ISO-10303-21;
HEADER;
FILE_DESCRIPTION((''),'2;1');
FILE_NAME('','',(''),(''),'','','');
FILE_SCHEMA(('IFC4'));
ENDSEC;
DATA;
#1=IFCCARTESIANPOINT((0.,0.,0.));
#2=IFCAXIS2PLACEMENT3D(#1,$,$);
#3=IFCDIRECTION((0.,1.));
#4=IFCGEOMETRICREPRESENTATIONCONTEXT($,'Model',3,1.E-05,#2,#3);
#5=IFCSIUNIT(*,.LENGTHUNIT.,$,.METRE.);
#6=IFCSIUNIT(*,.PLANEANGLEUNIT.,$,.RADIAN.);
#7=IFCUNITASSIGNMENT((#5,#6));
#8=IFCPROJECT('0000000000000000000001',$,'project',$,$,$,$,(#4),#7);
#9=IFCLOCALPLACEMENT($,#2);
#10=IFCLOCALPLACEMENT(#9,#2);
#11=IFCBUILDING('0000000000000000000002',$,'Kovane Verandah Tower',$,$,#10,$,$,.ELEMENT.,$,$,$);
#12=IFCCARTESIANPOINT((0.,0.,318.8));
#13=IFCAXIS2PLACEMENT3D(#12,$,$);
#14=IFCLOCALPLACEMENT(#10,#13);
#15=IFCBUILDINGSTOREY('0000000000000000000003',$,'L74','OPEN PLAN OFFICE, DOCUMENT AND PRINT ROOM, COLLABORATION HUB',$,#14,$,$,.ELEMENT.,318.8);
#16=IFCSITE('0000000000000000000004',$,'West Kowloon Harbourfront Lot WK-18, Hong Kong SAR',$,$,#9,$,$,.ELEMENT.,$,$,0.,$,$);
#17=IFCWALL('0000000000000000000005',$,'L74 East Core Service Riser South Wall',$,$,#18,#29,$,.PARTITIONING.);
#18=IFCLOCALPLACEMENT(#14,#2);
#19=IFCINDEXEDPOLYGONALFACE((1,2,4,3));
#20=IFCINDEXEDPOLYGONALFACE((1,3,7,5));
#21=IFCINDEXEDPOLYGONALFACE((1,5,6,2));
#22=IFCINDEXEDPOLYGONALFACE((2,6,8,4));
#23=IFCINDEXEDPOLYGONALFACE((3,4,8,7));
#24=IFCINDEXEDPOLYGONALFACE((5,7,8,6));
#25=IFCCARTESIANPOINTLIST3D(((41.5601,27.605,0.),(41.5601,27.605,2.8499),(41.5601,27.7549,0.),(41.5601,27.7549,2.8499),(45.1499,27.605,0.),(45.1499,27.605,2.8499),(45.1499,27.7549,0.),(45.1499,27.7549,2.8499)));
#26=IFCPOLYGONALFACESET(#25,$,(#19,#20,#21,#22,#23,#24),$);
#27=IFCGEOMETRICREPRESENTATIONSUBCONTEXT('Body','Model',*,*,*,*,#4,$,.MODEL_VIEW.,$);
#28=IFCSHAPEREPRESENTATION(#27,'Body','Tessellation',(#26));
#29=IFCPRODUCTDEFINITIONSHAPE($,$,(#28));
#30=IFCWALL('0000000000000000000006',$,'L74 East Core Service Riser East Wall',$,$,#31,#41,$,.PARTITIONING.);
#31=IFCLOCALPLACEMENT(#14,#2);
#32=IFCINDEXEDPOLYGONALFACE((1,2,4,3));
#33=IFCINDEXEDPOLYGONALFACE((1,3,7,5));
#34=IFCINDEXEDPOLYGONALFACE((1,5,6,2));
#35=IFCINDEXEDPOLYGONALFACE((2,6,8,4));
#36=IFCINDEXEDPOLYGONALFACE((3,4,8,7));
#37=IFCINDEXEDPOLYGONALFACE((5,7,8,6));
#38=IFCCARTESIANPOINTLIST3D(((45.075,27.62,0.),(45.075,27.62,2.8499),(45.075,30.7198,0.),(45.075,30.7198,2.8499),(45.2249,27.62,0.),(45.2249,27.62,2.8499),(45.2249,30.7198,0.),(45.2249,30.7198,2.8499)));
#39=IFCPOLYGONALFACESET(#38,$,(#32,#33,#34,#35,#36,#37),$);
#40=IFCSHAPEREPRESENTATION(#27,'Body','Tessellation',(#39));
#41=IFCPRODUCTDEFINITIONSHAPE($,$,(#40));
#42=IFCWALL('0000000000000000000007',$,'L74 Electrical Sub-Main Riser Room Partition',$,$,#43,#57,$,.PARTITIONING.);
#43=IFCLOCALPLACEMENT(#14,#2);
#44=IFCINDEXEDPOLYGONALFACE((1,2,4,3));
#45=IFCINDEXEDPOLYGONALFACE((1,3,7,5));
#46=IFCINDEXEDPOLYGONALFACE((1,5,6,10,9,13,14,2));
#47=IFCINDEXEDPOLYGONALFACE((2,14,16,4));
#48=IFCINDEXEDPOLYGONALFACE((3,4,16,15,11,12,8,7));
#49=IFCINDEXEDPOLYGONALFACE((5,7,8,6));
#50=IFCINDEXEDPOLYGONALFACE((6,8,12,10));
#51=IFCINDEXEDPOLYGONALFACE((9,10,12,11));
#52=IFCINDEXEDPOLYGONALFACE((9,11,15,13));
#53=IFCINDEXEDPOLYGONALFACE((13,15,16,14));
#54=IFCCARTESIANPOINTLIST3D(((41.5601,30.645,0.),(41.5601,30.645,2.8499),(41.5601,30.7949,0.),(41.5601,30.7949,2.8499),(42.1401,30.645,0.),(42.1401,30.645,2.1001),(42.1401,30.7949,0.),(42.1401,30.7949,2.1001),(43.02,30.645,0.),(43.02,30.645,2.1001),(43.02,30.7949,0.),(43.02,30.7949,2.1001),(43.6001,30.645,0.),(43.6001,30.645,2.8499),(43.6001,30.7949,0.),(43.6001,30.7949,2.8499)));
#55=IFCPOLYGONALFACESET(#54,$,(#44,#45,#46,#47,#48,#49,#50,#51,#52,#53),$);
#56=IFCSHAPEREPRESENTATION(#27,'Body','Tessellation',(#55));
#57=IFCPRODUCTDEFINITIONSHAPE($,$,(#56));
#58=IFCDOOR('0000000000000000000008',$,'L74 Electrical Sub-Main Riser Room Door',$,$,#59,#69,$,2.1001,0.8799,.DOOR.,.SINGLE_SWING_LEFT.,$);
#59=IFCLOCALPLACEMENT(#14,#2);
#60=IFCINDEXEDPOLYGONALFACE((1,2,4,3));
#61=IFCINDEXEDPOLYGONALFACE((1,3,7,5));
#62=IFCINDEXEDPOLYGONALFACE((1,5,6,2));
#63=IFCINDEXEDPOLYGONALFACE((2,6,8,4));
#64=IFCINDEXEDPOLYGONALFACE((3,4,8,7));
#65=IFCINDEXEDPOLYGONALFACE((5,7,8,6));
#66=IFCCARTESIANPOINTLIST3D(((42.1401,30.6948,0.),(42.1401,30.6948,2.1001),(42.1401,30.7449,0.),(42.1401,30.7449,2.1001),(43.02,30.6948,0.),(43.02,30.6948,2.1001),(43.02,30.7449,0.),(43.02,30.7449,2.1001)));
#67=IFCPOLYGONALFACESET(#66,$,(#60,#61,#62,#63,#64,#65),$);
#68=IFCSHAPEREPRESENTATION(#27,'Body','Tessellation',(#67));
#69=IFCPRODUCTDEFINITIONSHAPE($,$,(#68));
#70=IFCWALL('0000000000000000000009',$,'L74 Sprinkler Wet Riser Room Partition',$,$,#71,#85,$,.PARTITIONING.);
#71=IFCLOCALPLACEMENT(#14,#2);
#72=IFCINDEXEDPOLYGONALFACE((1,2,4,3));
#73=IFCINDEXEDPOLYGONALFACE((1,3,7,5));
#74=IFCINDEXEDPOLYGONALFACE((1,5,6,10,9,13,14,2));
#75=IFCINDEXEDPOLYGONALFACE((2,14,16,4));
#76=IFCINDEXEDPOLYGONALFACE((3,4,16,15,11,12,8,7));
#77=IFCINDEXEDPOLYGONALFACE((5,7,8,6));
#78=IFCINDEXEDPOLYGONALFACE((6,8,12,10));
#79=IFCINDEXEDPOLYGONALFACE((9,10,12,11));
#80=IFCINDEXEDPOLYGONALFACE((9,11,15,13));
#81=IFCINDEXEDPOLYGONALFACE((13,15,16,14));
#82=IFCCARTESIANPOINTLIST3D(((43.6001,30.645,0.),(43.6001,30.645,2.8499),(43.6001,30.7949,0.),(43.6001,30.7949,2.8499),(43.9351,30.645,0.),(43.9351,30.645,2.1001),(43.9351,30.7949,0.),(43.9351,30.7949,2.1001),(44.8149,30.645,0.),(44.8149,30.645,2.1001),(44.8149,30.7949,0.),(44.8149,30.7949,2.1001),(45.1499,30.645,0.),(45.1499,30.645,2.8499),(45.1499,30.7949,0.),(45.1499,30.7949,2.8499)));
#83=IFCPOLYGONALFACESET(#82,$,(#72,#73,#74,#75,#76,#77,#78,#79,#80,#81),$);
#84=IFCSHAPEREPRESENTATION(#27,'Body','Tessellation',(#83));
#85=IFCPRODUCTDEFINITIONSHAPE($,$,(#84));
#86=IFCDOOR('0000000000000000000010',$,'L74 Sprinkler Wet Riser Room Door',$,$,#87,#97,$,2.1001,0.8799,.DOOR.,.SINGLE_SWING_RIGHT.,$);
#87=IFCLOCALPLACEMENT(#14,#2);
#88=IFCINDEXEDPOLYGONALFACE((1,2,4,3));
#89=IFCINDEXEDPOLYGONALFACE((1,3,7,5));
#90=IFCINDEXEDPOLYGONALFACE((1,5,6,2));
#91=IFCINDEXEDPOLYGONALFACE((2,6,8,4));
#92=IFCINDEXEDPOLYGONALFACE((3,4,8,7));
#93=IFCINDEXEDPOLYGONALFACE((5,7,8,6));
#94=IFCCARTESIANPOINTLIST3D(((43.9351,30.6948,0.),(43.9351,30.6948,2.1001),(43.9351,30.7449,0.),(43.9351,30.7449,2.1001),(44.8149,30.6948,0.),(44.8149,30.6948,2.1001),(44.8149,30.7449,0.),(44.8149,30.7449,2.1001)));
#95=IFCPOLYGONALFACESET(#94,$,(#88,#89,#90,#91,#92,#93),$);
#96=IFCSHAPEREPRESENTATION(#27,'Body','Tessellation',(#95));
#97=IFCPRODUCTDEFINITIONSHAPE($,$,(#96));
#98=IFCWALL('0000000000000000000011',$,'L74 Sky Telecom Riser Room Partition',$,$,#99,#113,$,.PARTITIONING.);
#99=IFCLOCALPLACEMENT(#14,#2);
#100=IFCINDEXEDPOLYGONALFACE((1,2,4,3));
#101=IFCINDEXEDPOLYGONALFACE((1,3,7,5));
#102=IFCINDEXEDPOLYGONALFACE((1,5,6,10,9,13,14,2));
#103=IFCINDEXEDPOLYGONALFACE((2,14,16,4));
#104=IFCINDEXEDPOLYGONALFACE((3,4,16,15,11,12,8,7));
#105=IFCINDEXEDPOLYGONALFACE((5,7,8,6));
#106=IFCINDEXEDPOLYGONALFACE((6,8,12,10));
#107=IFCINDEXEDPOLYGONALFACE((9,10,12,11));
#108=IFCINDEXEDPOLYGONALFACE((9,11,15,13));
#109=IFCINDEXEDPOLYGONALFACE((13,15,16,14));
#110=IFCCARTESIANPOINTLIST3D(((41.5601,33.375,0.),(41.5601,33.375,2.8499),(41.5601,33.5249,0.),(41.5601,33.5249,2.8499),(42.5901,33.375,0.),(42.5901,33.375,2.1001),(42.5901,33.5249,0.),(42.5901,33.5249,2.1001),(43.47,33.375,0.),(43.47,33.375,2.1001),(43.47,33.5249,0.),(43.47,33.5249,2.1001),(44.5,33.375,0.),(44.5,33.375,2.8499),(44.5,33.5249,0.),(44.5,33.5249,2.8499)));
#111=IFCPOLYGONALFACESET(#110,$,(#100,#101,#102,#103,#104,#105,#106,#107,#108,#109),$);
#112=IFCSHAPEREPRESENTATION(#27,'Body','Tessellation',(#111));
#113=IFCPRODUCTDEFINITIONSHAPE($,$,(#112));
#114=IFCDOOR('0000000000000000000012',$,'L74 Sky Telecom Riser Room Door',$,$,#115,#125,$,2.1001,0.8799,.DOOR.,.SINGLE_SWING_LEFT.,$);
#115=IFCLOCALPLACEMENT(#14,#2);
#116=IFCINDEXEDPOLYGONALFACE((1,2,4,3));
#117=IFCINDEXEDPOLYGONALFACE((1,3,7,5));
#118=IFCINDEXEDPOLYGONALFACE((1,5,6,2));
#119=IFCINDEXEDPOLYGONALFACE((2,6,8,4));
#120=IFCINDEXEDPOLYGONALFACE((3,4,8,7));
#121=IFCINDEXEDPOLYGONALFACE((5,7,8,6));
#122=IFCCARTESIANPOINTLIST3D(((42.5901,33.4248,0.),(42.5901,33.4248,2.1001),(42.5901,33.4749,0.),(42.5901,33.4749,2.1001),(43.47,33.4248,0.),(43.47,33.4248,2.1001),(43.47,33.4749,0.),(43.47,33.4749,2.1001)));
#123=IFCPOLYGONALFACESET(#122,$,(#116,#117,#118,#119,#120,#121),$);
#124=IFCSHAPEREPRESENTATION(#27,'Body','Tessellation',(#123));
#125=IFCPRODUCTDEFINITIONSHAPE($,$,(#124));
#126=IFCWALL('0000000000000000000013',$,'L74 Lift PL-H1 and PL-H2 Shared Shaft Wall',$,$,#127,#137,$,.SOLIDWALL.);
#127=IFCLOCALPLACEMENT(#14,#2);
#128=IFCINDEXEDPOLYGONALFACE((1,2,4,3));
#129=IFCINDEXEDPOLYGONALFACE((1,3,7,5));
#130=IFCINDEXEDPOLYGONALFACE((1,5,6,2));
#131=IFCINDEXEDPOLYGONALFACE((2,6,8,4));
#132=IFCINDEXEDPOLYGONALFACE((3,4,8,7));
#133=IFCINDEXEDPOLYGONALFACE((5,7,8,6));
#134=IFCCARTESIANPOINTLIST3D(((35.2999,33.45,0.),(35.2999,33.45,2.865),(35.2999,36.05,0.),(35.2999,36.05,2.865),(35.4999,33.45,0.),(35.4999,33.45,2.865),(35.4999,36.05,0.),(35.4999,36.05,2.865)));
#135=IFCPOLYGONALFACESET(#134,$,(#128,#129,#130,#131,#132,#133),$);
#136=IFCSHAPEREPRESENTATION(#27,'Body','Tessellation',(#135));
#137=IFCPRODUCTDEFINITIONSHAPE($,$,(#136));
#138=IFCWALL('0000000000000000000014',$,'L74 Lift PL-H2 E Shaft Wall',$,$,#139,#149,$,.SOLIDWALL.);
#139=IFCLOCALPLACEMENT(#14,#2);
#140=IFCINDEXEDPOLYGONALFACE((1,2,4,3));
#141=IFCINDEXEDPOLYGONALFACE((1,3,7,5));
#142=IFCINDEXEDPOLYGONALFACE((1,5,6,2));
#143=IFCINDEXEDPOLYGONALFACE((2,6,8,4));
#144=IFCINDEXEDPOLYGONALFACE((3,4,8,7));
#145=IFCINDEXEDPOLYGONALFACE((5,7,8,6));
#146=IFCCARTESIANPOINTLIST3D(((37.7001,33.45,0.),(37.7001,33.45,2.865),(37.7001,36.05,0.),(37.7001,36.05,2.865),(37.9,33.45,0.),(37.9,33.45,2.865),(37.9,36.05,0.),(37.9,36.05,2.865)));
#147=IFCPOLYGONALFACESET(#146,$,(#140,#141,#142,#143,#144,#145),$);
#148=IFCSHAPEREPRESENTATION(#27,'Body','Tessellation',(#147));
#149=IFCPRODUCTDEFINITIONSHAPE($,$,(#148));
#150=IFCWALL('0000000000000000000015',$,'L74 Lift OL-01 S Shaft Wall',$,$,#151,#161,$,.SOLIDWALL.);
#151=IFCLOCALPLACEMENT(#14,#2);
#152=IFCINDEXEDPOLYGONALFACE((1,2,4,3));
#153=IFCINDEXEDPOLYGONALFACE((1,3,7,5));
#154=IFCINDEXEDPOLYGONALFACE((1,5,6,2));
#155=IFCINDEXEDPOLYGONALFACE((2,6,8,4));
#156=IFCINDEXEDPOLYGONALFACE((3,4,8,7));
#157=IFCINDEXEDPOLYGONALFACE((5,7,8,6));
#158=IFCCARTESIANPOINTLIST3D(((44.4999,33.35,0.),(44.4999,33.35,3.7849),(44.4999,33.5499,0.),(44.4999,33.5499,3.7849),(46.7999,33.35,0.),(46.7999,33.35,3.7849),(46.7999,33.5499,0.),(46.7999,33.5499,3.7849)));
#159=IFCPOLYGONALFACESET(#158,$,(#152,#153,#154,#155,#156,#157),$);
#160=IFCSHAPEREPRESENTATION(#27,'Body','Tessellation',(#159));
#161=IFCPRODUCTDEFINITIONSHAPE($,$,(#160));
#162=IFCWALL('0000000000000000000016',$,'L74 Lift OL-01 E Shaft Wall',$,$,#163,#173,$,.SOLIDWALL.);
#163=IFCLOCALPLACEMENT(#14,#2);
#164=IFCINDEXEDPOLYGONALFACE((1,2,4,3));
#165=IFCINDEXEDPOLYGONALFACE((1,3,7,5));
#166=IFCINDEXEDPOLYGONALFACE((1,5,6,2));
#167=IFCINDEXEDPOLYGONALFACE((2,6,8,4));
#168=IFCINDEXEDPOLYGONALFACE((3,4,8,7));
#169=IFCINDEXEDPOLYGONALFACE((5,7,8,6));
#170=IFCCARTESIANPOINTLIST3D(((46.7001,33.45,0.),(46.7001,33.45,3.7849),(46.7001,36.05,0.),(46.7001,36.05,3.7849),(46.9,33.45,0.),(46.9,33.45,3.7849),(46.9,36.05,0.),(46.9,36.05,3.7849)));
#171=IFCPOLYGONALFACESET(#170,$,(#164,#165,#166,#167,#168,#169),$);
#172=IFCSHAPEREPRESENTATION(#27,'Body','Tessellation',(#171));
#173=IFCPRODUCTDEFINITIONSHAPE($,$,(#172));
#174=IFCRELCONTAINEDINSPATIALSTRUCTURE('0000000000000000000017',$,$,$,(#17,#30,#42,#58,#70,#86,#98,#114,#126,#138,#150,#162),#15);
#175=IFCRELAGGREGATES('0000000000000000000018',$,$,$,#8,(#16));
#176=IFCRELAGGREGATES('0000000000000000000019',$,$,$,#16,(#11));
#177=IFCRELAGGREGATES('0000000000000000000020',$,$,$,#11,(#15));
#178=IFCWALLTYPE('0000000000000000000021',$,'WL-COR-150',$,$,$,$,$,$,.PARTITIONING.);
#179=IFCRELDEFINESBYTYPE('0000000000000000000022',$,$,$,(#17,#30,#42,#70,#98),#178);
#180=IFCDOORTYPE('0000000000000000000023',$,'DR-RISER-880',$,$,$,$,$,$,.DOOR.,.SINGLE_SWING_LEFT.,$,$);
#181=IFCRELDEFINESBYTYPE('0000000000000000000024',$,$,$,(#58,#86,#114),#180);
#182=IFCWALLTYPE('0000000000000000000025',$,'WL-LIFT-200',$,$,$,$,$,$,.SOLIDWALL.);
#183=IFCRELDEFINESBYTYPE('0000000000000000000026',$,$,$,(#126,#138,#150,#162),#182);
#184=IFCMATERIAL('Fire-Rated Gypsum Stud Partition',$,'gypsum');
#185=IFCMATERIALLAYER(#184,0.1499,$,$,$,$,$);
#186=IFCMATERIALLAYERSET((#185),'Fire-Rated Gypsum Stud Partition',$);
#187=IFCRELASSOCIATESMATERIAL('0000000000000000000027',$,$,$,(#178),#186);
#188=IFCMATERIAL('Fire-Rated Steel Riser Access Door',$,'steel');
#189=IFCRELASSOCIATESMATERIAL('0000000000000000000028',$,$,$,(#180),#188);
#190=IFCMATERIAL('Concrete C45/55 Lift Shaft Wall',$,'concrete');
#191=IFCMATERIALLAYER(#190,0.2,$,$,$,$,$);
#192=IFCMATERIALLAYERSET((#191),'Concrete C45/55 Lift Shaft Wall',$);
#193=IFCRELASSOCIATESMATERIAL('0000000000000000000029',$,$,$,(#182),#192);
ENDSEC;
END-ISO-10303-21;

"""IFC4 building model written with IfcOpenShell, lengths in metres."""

from ifc_helpers import new_model, si_unit, direction, frame, frame_2d, origin, place, context, subcontext, project, spatial, rectangle, extrude, material, layer, layer_set, type_object, element, fill, save


model = new_model("IFC4")

# Units and contexts
model_context = context("Model", 3, precision=1e-05, world=origin(), true_north=direction((0.0, 1.0)))
body_context = subcontext(model_context, "Body", "Model", "MODEL_VIEW")
ifc_project = project(units=[si_unit("LENGTHUNIT", "METRE"), si_unit("PLANEANGLEUNIT", "RADIAN")], contexts=[model_context])

# Site, building, storey
site_placement = place(None, origin())
site = spatial("IfcSite", under=ifc_project, at=site_placement, Name="West Kowloon Harbourfront Lot WK-18, Hong Kong SAR", CompositionType="ELEMENT", RefElevation=0.0)
building_placement = place(site_placement, origin())
building = spatial("IfcBuilding", under=site, at=building_placement, Name="Kovane Verandah Tower", CompositionType="ELEMENT")
storey_placement = place(building_placement, frame((0.0, 0.0, 318.8)))
storey = spatial("IfcBuildingStorey", under=building, at=storey_placement, Name="L74", Description="OPEN PLAN OFFICE, DOCUMENT AND PRINT ROOM, COLLABORATION HUB", CompositionType="ELEMENT", Elevation=318.8)

# Walls
ifc_material_1 = material(Name="Fire-Rated Gypsum Stud Partition", Category="gypsum")
ifc_layer_1 = layer(ifc_material_1, 0.1499)
ifc_layer_set_1 = layer_set([ifc_layer_1], Name="Fire-Rated Gypsum Stud Partition")
wall_type_1 = type_object("IfcWallType", Name="WL-COR-150", PredefinedType="PARTITIONING", material=ifc_layer_set_1)
wall_1_placement = place(storey_placement, frame((41.5601, 27.6799, 0.0), z_axis=(0.0, 0.0, 1.0), x_axis=(1.0, 0.0, 0.0)))
element("IfcWall", 1, at=wall_1_placement, inside=storey, type_object=wall_type_1, Name="L74 East Core Service Riser South Wall", PredefinedType="PARTITIONING", context=body_context, shape_type="SweptSolid", body=[
    extrude(rectangle(XDim=3.5898, YDim=0.1499, at=frame_2d((1.7949, 0.0))), origin(), (0.0, 0.0, 1.0), 2.8499),
])
wall_2_placement = place(storey_placement, frame((45.1499, 27.6201, 0.0), z_axis=(0.0, 0.0, 1.0), x_axis=(0.0, 1.0, 0.0)))
element("IfcWall", 2, at=wall_2_placement, inside=storey, type_object=wall_type_1, Name="L74 East Core Service Riser East Wall", PredefinedType="PARTITIONING", context=body_context, shape_type="SweptSolid", body=[
    extrude(rectangle(XDim=3.0999, YDim=0.1499, at=frame_2d((1.5498, 0.0))), origin(), (0.0, 0.0, 1.0), 2.8499),
])

# Walls, openings, doors
wall_3_placement = place(storey_placement, frame((41.5601, 30.72, 0.0), z_axis=(0.0, 0.0, 1.0), x_axis=(1.0, 0.0, 0.0)))
wall_3 = element("IfcWall", 3, at=wall_3_placement, inside=storey, type_object=wall_type_1, Name="L74 Electrical Sub-Main Riser Room Partition", PredefinedType="PARTITIONING", context=body_context, shape_type="SweptSolid", body=[
    extrude(rectangle(XDim=2.04, YDim=0.1499, at=frame_2d((1.02, 0.0))), origin(), (0.0, 0.0, 1.0), 2.8499),
])
opening_1_placement = place(wall_3_placement, frame((0.5801, 0.0, 0.0)))
opening_1 = element("IfcOpeningElement", 4, at=opening_1_placement, cuts=wall_3, PredefinedType="OPENING", context=body_context, shape_type="SweptSolid", body=[
    extrude(rectangle(XDim=0.8799, YDim=2.1001, at=frame_2d((0.4399, 1.05))), frame((0.0, 0.075, 0.0), z_axis=(0.0, -1.0, 0.0), x_axis=(1.0, 0.0, 0.0)), (0.0, 0.0, 1.0), 0.1499),
])
ifc_material_2 = material(Name="Fire-Rated Steel Riser Access Door", Category="steel")
door_type_1 = type_object("IfcDoorType", Name="DR-RISER-880", OperationType="SINGLE_SWING_LEFT", PredefinedType="DOOR", material=ifc_material_2)
door_1_placement = place(opening_1_placement, origin())
door_1 = element("IfcDoor", 5, at=door_1_placement, inside=storey, type_object=door_type_1, Name="L74 Electrical Sub-Main Riser Room Door", OperationType="SINGLE_SWING_LEFT", OverallHeight=2.1001, OverallWidth=0.8799, PredefinedType="DOOR", context=body_context, shape_type="SweptSolid", body=[
    extrude(rectangle(XDim=0.8799, YDim=2.1001, at=frame_2d((0.4399, 1.05))), frame((0.0, 0.0249, 0.0), z_axis=(0.0, -1.0, 0.0), x_axis=(1.0, 0.0, 0.0)), (0.0, 0.0, 1.0), 0.05),
])
fill(opening_1, door_1)
wall_4_placement = place(storey_placement, frame((43.6001, 30.72, 0.0), z_axis=(0.0, 0.0, 1.0), x_axis=(1.0, 0.0, 0.0)))
wall_4 = element("IfcWall", 6, at=wall_4_placement, inside=storey, type_object=wall_type_1, Name="L74 Sprinkler Wet Riser Room Partition", PredefinedType="PARTITIONING", context=body_context, shape_type="SweptSolid", body=[
    extrude(rectangle(XDim=1.5498, YDim=0.1499, at=frame_2d((0.7749, 0.0))), origin(), (0.0, 0.0, 1.0), 2.8499),
])
opening_2_placement = place(wall_4_placement, frame((0.335, 0.0, 0.0)))
opening_2 = element("IfcOpeningElement", 7, at=opening_2_placement, cuts=wall_4, PredefinedType="OPENING", context=body_context, shape_type="SweptSolid", body=[
    extrude(rectangle(XDim=0.8799, YDim=2.1001, at=frame_2d((0.4399, 1.05))), frame((0.0, 0.075, 0.0), z_axis=(0.0, -1.0, 0.0), x_axis=(1.0, 0.0, 0.0)), (0.0, 0.0, 1.0), 0.1499),
])
door_2_placement = place(opening_2_placement, origin())
door_2 = element("IfcDoor", 8, at=door_2_placement, inside=storey, type_object=door_type_1, Name="L74 Sprinkler Wet Riser Room Door", OperationType="SINGLE_SWING_RIGHT", OverallHeight=2.1001, OverallWidth=0.8799, PredefinedType="DOOR", context=body_context, shape_type="SweptSolid", body=[
    extrude(rectangle(XDim=0.8799, YDim=2.1001, at=frame_2d((0.4399, 1.05))), frame((0.0, 0.0249, 0.0), z_axis=(0.0, -1.0, 0.0), x_axis=(1.0, 0.0, 0.0)), (0.0, 0.0, 1.0), 0.05),
])
fill(opening_2, door_2)
wall_5_placement = place(storey_placement, frame((41.5601, 33.45, 0.0), z_axis=(0.0, 0.0, 1.0), x_axis=(1.0, 0.0, 0.0)))
wall_5 = element("IfcWall", 9, at=wall_5_placement, inside=storey, type_object=wall_type_1, Name="L74 Sky Telecom Riser Room Partition", PredefinedType="PARTITIONING", context=body_context, shape_type="SweptSolid", body=[
    extrude(rectangle(XDim=2.9399, YDim=0.1499, at=frame_2d((1.47, 0.0))), origin(), (0.0, 0.0, 1.0), 2.8499),
])
opening_3_placement = place(wall_5_placement, frame((1.03, 0.0, 0.0)))
opening_3 = element("IfcOpeningElement", 10, at=opening_3_placement, cuts=wall_5, PredefinedType="OPENING", context=body_context, shape_type="SweptSolid", body=[
    extrude(rectangle(XDim=0.8799, YDim=2.1001, at=frame_2d((0.4399, 1.05))), frame((0.0, 0.075, 0.0), z_axis=(0.0, -1.0, 0.0), x_axis=(1.0, 0.0, 0.0)), (0.0, 0.0, 1.0), 0.1499),
])
door_3_placement = place(opening_3_placement, origin())
door_3 = element("IfcDoor", 11, at=door_3_placement, inside=storey, type_object=door_type_1, Name="L74 Sky Telecom Riser Room Door", OperationType="SINGLE_SWING_LEFT", OverallHeight=2.1001, OverallWidth=0.8799, PredefinedType="DOOR", context=body_context, shape_type="SweptSolid", body=[
    extrude(rectangle(XDim=0.8799, YDim=2.1001, at=frame_2d((0.4399, 1.05))), frame((0.0, 0.0249, 0.0), z_axis=(0.0, -1.0, 0.0), x_axis=(1.0, 0.0, 0.0)), (0.0, 0.0, 1.0), 0.05),
])
fill(opening_3, door_3)

# Wall
ifc_material_3 = material(Name="Concrete C45/55 Lift Shaft Wall", Category="concrete")
ifc_layer_2 = layer(ifc_material_3, 0.2)
ifc_layer_set_2 = layer_set([ifc_layer_2], Name="Concrete C45/55 Lift Shaft Wall")
wall_type_2 = type_object("IfcWallType", Name="WL-LIFT-200", PredefinedType="SOLIDWALL", material=ifc_layer_set_2)
wall_6_placement = place(storey_placement, frame((35.3999, 33.45, 0.0), z_axis=(0.0, 0.0, 1.0), x_axis=(0.0, 1.0, 0.0)))
element("IfcWall", 12, at=wall_6_placement, inside=storey, type_object=wall_type_2, Name="L74 Lift PL-H1 and PL-H2 Shared Shaft Wall", PredefinedType="SOLIDWALL", context=body_context, shape_type="SweptSolid", body=[
    extrude(rectangle(XDim=2.6001, YDim=0.2, at=frame_2d((1.3, 0.0))), origin(), (0.0, 0.0, 1.0), 2.865),
])

# Walls
wall_7_placement = place(storey_placement, frame((37.8, 33.45, 0.0), z_axis=(0.0, 0.0, 1.0), x_axis=(0.0, 1.0, 0.0)))
element("IfcWall", 13, at=wall_7_placement, inside=storey, type_object=wall_type_2, Name="L74 Lift PL-H2 E Shaft Wall", PredefinedType="SOLIDWALL", context=body_context, shape_type="SweptSolid", body=[
    extrude(rectangle(XDim=2.6001, YDim=0.2, at=frame_2d((1.3, 0.0))), origin(), (0.0, 0.0, 1.0), 2.865),
])
wall_8_placement = place(storey_placement, frame((44.5, 33.45, 0.0), z_axis=(0.0, 0.0, 1.0), x_axis=(1.0, 0.0, 0.0)))
element("IfcWall", 14, at=wall_8_placement, inside=storey, type_object=wall_type_2, Name="L74 Lift OL-01 S Shaft Wall", PredefinedType="SOLIDWALL", context=body_context, shape_type="SweptSolid", body=[
    extrude(rectangle(XDim=2.3, YDim=0.2, at=frame_2d((1.1499, 0.0))), origin(), (0.0, 0.0, 1.0), 3.7849),
])
wall_9_placement = place(storey_placement, frame((46.8, 33.45, 0.0), z_axis=(0.0, 0.0, 1.0), x_axis=(0.0, 1.0, 0.0)))
element("IfcWall", 15, at=wall_9_placement, inside=storey, type_object=wall_type_2, Name="L74 Lift OL-01 E Shaft Wall", PredefinedType="SOLIDWALL", context=body_context, shape_type="SweptSolid", body=[
    extrude(rectangle(XDim=2.6001, YDim=0.2, at=frame_2d((1.3, 0.0))), origin(), (0.0, 0.0, 1.0), 3.7849),
])

save(model, "model.ifc")
